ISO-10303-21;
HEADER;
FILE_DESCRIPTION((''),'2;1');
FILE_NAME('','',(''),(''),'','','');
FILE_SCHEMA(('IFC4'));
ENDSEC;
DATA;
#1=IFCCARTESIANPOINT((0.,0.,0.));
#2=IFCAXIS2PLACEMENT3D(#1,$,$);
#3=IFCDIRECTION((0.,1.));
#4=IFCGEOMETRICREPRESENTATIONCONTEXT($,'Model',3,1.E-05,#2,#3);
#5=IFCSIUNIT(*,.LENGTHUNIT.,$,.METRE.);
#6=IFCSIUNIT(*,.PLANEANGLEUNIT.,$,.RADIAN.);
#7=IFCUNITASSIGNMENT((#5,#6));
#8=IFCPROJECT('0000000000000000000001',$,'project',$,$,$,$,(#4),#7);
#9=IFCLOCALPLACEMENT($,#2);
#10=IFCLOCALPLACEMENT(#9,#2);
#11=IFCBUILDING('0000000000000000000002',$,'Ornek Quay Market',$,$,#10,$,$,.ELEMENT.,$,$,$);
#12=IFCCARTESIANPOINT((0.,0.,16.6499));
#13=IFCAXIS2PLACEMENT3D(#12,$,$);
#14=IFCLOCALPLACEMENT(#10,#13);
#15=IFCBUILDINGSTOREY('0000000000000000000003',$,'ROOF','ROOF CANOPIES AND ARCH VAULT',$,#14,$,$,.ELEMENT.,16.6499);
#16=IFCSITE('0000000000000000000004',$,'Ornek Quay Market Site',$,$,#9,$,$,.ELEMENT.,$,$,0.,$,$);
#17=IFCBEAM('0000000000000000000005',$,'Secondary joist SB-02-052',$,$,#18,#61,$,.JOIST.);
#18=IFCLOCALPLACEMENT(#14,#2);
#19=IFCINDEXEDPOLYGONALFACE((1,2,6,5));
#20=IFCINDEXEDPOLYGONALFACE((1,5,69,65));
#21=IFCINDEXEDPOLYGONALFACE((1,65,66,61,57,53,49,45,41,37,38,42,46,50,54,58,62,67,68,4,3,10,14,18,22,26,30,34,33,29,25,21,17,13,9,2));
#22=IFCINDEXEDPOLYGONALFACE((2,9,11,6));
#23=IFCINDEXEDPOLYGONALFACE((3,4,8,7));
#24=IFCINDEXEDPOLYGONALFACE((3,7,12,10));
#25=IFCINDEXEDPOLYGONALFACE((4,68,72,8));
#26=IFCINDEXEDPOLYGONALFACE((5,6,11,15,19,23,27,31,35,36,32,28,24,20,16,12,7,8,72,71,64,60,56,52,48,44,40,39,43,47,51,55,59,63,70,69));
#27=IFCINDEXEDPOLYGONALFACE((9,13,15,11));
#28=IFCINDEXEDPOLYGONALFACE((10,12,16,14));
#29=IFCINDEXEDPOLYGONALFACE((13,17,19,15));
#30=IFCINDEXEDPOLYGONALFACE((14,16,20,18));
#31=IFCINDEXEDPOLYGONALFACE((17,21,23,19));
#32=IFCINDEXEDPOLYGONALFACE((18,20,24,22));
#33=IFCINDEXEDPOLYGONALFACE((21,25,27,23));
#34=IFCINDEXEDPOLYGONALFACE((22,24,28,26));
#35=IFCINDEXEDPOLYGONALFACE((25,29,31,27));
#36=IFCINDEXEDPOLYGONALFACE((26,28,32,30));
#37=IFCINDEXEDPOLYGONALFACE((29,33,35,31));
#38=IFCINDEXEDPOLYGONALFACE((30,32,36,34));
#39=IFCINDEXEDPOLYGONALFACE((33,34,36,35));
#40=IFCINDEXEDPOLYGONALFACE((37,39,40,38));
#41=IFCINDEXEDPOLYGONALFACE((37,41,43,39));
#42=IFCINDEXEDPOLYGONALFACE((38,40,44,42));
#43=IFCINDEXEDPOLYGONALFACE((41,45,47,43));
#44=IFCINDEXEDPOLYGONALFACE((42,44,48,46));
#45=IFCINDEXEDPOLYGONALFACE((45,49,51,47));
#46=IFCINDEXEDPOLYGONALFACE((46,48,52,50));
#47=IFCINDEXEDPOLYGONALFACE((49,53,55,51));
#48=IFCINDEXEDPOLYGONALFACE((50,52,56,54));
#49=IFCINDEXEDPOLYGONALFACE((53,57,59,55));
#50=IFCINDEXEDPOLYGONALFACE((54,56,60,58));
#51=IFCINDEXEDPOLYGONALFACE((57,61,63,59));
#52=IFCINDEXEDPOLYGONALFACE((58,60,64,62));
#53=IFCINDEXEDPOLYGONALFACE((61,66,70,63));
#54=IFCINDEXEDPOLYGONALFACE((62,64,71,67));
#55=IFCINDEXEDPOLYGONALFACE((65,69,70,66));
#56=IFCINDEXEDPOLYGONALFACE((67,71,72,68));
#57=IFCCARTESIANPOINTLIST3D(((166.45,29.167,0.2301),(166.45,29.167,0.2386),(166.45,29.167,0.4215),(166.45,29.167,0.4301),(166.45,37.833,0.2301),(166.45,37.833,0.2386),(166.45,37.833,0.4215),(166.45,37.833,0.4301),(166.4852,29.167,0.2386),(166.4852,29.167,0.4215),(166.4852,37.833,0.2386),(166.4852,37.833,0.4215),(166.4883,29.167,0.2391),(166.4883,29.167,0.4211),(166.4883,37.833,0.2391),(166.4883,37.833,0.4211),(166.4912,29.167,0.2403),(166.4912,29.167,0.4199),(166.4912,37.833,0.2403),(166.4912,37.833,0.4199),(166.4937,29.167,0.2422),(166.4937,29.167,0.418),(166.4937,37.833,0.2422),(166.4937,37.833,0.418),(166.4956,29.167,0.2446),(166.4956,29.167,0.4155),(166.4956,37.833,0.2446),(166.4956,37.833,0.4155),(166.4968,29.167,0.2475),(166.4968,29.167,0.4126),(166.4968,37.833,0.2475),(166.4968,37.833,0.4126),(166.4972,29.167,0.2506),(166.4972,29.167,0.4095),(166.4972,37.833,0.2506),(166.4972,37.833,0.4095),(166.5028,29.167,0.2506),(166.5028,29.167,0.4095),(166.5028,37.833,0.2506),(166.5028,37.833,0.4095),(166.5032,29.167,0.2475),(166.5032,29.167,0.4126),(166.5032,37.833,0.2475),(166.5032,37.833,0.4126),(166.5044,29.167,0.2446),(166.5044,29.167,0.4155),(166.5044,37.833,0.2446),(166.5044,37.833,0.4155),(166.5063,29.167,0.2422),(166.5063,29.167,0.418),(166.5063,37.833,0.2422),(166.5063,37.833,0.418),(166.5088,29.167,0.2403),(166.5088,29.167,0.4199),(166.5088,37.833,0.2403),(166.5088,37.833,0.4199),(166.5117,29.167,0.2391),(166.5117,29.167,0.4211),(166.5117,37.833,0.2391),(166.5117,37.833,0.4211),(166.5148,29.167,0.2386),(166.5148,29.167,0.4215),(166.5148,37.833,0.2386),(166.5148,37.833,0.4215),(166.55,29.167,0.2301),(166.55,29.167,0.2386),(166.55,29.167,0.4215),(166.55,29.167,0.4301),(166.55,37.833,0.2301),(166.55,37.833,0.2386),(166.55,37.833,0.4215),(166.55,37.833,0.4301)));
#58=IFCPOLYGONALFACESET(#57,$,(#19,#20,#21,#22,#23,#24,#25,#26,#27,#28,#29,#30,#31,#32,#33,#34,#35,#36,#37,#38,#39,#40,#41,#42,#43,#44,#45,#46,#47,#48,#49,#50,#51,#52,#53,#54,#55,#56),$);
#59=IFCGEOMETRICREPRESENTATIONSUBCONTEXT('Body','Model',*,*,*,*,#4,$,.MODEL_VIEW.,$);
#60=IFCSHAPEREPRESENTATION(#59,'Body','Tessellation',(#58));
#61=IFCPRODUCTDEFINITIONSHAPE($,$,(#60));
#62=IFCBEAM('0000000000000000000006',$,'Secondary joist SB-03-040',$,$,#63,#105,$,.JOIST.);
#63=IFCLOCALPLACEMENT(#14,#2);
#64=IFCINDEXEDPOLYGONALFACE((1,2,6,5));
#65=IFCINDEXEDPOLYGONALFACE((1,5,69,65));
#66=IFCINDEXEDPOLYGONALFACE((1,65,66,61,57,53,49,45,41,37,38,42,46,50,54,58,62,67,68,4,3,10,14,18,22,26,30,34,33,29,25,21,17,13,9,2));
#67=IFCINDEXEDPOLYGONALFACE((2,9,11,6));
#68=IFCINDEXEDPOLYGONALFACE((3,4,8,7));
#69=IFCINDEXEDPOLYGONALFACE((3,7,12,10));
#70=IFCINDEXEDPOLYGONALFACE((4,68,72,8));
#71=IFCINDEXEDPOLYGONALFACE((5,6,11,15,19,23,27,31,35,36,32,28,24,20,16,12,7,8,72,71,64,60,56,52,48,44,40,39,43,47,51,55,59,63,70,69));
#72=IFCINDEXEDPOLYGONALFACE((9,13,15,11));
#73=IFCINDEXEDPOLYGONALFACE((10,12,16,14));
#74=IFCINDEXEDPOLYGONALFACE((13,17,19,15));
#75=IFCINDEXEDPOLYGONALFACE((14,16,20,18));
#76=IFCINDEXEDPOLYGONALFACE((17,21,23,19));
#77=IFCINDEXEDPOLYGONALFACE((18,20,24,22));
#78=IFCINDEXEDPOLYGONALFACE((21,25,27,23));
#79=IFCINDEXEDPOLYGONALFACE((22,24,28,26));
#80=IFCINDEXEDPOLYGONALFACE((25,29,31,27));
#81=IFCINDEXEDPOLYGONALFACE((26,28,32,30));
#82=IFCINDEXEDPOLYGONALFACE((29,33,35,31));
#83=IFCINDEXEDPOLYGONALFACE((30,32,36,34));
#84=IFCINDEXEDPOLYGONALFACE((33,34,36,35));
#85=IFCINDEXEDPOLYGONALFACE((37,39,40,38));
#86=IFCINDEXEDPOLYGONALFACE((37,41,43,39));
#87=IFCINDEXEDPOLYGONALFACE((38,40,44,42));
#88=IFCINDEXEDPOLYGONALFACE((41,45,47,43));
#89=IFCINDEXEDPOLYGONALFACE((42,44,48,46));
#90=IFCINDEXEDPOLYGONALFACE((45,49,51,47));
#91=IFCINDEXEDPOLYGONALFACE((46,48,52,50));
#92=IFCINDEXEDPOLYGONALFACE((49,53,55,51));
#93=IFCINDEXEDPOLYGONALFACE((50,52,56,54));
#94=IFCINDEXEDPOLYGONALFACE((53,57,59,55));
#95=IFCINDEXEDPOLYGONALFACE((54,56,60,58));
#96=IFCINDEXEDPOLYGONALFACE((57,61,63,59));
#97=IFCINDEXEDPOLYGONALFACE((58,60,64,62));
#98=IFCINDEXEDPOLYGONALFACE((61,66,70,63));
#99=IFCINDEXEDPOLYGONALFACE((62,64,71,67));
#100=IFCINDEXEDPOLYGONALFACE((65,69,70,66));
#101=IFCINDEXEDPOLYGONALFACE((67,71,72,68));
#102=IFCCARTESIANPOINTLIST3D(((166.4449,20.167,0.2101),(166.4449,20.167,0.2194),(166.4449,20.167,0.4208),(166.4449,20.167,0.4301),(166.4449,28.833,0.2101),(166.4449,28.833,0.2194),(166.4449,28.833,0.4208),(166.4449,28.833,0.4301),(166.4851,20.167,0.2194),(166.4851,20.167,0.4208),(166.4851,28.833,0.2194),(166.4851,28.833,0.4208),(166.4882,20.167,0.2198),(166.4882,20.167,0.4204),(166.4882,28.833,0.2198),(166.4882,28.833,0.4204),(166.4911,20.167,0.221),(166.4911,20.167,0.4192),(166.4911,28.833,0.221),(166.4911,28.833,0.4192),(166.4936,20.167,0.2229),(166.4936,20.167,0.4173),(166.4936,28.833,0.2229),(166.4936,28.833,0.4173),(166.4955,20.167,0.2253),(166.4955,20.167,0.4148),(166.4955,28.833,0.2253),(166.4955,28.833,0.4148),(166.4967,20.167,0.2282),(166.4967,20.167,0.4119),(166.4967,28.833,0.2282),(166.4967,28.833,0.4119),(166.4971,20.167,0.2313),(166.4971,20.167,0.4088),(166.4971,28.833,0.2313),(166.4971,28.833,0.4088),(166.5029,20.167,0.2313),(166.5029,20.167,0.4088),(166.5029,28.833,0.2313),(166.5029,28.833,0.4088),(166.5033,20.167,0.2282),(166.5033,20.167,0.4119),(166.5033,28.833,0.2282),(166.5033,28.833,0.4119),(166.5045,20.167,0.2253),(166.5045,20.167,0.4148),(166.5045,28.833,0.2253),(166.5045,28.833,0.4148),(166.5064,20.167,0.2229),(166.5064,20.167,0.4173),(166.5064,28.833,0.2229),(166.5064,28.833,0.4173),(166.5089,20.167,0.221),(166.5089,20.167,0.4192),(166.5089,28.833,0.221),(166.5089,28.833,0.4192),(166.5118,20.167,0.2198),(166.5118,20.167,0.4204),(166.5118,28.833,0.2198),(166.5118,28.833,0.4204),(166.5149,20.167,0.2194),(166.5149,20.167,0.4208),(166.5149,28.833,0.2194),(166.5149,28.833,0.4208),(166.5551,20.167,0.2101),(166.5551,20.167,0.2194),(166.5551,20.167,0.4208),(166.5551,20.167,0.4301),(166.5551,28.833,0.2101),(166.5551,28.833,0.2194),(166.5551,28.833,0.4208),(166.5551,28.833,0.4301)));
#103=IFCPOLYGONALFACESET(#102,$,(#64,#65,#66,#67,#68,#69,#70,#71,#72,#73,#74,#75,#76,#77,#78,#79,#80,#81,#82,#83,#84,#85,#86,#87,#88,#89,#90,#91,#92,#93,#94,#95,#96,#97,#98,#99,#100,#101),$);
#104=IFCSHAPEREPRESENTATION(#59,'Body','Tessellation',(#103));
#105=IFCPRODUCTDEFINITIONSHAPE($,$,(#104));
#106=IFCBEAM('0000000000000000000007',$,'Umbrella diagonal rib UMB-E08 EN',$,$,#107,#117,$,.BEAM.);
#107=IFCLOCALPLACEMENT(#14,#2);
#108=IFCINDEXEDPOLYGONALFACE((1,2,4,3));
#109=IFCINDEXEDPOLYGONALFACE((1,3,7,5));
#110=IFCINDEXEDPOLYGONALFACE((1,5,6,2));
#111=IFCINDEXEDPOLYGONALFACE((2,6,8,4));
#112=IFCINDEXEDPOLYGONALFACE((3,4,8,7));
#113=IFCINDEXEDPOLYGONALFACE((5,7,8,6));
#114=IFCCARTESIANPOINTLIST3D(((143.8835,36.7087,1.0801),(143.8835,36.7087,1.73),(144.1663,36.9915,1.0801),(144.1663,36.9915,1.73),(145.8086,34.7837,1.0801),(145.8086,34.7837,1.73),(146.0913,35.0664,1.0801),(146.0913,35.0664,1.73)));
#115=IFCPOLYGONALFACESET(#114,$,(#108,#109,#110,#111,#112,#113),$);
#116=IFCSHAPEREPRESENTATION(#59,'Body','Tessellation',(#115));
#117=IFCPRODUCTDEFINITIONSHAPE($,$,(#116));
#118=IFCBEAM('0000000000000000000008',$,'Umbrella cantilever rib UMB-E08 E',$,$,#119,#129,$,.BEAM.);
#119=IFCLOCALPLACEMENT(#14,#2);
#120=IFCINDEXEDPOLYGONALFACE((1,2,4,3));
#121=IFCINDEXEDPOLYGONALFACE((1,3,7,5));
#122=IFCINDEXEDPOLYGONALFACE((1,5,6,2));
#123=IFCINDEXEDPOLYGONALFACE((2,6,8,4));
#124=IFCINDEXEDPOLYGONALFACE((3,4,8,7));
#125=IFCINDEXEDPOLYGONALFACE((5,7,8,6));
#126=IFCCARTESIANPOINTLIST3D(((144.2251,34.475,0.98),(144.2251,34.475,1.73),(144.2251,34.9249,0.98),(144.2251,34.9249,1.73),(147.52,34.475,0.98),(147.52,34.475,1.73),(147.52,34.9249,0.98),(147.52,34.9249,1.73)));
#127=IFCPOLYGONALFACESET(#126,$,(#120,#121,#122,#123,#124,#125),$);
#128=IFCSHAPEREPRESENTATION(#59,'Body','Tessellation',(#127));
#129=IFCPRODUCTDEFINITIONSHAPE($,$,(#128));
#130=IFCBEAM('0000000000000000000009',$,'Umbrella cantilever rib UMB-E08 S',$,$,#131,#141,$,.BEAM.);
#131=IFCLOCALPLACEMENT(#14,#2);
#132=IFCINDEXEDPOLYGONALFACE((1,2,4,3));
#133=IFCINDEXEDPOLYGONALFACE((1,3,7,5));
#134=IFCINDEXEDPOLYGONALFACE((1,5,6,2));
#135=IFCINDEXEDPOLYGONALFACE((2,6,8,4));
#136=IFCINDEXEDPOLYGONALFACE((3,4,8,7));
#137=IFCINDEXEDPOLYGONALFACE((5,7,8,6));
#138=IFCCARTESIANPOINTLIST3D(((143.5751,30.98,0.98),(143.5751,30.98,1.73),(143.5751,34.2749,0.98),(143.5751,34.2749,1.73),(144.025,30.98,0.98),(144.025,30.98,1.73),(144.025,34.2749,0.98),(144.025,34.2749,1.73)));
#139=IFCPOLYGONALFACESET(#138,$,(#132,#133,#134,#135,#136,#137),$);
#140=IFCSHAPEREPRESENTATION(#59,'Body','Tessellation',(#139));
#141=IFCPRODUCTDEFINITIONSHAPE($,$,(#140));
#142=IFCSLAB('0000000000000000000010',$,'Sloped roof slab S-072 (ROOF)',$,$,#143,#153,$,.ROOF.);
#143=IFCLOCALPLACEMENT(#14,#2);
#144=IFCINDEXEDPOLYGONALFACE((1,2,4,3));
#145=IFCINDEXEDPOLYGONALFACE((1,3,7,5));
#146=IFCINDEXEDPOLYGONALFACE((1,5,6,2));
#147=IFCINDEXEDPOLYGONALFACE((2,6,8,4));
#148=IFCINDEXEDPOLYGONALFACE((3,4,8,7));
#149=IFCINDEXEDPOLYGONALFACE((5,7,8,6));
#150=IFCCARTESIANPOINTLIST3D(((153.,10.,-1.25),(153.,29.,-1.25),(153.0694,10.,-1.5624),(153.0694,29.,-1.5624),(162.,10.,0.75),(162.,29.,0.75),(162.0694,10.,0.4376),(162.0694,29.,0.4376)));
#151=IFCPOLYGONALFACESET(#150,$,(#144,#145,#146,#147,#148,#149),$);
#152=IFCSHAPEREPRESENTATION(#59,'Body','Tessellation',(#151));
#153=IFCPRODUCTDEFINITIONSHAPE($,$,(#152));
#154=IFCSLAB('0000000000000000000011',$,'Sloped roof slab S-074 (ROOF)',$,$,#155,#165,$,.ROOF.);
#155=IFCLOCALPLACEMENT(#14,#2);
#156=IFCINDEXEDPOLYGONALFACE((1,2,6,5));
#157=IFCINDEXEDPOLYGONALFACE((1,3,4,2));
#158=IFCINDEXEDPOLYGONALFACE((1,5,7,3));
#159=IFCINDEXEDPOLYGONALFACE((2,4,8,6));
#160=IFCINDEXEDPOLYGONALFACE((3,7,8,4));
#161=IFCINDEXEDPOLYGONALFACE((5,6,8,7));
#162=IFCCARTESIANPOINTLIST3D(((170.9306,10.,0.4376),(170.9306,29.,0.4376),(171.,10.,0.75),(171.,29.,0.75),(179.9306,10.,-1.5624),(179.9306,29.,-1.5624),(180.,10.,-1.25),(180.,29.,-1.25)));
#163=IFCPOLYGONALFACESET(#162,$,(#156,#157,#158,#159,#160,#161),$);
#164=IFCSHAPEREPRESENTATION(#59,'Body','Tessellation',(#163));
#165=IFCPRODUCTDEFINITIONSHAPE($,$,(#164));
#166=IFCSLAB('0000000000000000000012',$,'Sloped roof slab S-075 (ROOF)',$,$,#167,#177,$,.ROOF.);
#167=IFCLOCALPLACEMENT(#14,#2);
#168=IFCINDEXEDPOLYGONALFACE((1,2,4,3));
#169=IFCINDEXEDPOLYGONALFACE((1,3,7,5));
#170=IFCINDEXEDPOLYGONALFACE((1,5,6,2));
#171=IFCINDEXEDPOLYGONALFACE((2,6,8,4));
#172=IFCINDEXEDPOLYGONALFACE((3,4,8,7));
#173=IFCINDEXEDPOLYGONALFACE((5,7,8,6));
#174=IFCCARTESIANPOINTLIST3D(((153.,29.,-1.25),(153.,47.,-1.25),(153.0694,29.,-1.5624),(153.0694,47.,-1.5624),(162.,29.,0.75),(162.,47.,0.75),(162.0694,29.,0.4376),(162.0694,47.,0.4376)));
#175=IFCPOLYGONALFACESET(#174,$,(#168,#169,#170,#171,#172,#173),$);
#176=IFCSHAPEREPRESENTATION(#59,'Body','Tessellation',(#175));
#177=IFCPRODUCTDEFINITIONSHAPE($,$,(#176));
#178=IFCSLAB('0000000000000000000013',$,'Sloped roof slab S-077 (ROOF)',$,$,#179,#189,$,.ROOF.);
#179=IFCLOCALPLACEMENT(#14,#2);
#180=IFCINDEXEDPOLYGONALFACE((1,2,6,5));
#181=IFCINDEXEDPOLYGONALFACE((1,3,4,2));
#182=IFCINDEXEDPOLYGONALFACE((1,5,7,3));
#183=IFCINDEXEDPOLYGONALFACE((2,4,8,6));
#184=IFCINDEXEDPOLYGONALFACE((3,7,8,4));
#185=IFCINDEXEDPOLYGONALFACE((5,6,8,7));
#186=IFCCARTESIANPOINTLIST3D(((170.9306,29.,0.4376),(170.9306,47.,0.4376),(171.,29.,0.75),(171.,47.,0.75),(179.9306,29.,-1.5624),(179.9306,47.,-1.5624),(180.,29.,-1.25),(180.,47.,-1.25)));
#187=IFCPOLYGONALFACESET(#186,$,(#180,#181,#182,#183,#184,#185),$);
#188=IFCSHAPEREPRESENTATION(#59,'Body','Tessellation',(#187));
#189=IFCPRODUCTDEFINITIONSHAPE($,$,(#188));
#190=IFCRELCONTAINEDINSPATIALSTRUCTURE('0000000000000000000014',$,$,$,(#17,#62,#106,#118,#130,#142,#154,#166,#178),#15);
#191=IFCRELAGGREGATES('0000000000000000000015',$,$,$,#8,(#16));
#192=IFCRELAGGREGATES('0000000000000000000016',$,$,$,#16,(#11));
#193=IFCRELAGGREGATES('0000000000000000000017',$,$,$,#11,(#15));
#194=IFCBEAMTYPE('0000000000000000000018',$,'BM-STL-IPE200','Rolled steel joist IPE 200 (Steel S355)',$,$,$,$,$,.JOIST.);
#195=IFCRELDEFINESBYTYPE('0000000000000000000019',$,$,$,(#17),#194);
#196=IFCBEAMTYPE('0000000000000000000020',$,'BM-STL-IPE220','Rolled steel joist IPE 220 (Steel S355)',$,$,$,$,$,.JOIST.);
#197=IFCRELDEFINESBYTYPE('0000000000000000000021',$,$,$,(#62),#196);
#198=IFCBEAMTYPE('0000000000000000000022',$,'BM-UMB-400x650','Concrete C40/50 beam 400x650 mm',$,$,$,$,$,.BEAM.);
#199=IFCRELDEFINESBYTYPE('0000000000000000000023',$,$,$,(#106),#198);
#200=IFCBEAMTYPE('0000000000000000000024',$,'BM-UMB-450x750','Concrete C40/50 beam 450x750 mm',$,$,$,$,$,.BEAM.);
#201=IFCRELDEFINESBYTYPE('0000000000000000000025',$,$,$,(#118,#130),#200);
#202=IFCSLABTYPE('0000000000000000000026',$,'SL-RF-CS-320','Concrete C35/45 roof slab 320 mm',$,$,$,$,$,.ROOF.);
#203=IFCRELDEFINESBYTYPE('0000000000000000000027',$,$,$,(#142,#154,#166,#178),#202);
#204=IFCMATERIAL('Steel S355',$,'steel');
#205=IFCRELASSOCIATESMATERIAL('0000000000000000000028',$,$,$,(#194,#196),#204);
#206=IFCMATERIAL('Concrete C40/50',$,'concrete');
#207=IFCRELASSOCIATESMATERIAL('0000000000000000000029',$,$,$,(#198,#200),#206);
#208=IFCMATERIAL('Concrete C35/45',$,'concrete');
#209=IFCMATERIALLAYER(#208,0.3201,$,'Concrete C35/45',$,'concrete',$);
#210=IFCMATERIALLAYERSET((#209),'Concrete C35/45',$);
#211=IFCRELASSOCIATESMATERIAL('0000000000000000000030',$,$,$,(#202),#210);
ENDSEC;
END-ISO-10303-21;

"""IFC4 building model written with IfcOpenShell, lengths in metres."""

from ifc_helpers import new_model, si_unit, direction, frame, origin, origin_2d, place, context, subcontext, project, spatial, polyline, rectangle, i_section, outline, extrude, material, layer, layer_set, material_profile, profile_set, type_object, element, save


model = new_model("IFC4")

# Units and contexts
model_context = context("Model", 3, precision=1e-05, world=origin(), true_north=direction((0.0, 1.0)))
body_context = subcontext(model_context, "Body", "Model", "MODEL_VIEW")
ifc_project = project(units=[si_unit("LENGTHUNIT", "METRE"), si_unit("PLANEANGLEUNIT", "RADIAN")], contexts=[model_context])

# Site, building, storey
site_placement = place(None, origin())
site = spatial("IfcSite", under=ifc_project, at=site_placement, Name="Ornek Quay Market Site", CompositionType="ELEMENT", RefElevation=0.0)
building_placement = place(site_placement, origin())
building = spatial("IfcBuilding", under=site, at=building_placement, Name="Ornek Quay Market", CompositionType="ELEMENT")
storey_placement = place(building_placement, frame((0.0, 0.0, 16.6499)))
storey = spatial("IfcBuildingStorey", under=building, at=storey_placement, Name="ROOF", Description="ROOF CANOPIES AND ARCH VAULT", CompositionType="ELEMENT", Elevation=16.6499)

# Beams
ifc_material_1 = material(Name="Concrete C35/45", Category="concrete")
ifc_material_2 = material(Name="Steel S355", Category="steel")
ifc_material_profile_1 = material_profile(ifc_material_2, i_section(OverallWidth=0.1001, OverallDepth=0.2, WebThickness=0.0056, FlangeThickness=0.0085, FilletRadius=0.012, at=origin_2d()), Name="IPE 200", Category="steel")
ifc_profile_set_1 = profile_set([ifc_material_profile_1], Name="Steel S355")
beam_type_1 = type_object("IfcBeamType", Name="BM-STL-IPE200", Description="Rolled steel joist IPE 200 (Steel S355)", PredefinedType="JOIST", material=ifc_profile_set_1)
beam_1_placement = place(storey_placement, frame((166.5, 29.167, 0.3301), z_axis=(0.0, 1.0, 0.0), x_axis=(-1.0, 0.0, 0.0)))
element("IfcBeam", 1, at=beam_1_placement, inside=storey, type_object=beam_type_1, Name="Secondary joist SB-02-052", PredefinedType="JOIST", context=body_context, shape_type="SweptSolid", body=[
    extrude(i_section(OverallWidth=0.1001, OverallDepth=0.2, WebThickness=0.0056, FlangeThickness=0.0085, FilletRadius=0.012, at=origin_2d()), origin(), (0.0, 0.0, 1.0), 8.666),
])
ifc_material_profile_2 = material_profile(ifc_material_2, i_section(OverallWidth=0.1101, OverallDepth=0.22, WebThickness=0.0059, FlangeThickness=0.0093, FilletRadius=0.012, at=origin_2d()), Name="IPE 220", Category="steel")
ifc_profile_set_2 = profile_set([ifc_material_profile_2], Name="Steel S355")
beam_type_2 = type_object("IfcBeamType", Name="BM-STL-IPE220", Description="Rolled steel joist IPE 220 (Steel S355)", PredefinedType="JOIST", material=ifc_profile_set_2)
beam_2_placement = place(storey_placement, frame((166.5, 20.167, 0.3201), z_axis=(0.0, 1.0, 0.0), x_axis=(-1.0, 0.0, 0.0)))
element("IfcBeam", 2, at=beam_2_placement, inside=storey, type_object=beam_type_2, Name="Secondary joist SB-03-040", PredefinedType="JOIST", context=body_context, shape_type="SweptSolid", body=[
    extrude(i_section(OverallWidth=0.1101, OverallDepth=0.22, WebThickness=0.0059, FlangeThickness=0.0093, FilletRadius=0.012, at=origin_2d()), origin(), (0.0, 0.0, 1.0), 8.666),
])
ifc_material_3 = material(Name="Concrete C40/50", Category="concrete")
ifc_material_profile_3 = material_profile(ifc_material_3, rectangle(XDim=0.3999, YDim=0.6499, at=origin_2d()), Name="RC 400x650", Category="concrete")
ifc_profile_set_3 = profile_set([ifc_material_profile_3], Name="Concrete C40/50")
beam_type_3 = type_object("IfcBeamType", Name="BM-UMB-400x650", Description="Concrete C40/50 beam 400x650 mm", PredefinedType="BEAM", material=ifc_profile_set_3)
beam_3_placement = place(storey_placement, frame((145.95, 34.925, 1.405), z_axis=(-0.707107, 0.707107, 0.0), x_axis=(-0.707107, -0.707107, 0.0)))
element("IfcBeam", 3, at=beam_3_placement, inside=storey, type_object=beam_type_3, Name="Umbrella diagonal rib UMB-E08 EN", PredefinedType="BEAM", context=body_context, shape_type="SweptSolid", body=[
    extrude(rectangle(XDim=0.3999, YDim=0.6499, at=origin_2d()), origin(), (0.0, 0.0, 1.0), 2.7224),
])
ifc_material_profile_4 = material_profile(ifc_material_3, rectangle(XDim=0.45, YDim=0.75, at=origin_2d()), Name="RC 450x750", Category="concrete")
ifc_profile_set_4 = profile_set([ifc_material_profile_4], Name="Concrete C40/50")
beam_type_4 = type_object("IfcBeamType", Name="BM-UMB-450x750", Description="Concrete C40/50 beam 450x750 mm", PredefinedType="BEAM", material=ifc_profile_set_4)
for number, where, z_axis, x_axis, name in (
    (4, (144.2251, 34.7, 1.355), (1.0, 0.0, 0.0), (0.0, 1.0, 0.0), "Umbrella cantilever rib UMB-E08 E"),
    (5, (143.8, 34.2749, 1.355), (0.0, -1.0, 0.0), (1.0, 0.0, 0.0), "Umbrella cantilever rib UMB-E08 S"),
):
    element("IfcBeam", number, at=place(storey_placement, frame(where, z_axis=z_axis, x_axis=x_axis)), inside=storey, type_object=beam_type_4, Name=name, PredefinedType="BEAM", context=body_context, shape_type="SweptSolid", body=[
        extrude(rectangle(XDim=0.45, YDim=0.75, at=origin_2d()), origin(), (0.0, 0.0, 1.0), 3.2949),
    ])

# Slabs
ifc_layer_1 = layer(ifc_material_1, 0.3201, Name="Concrete C35/45", Category="concrete")
ifc_layer_set_1 = layer_set([ifc_layer_1], Name="Concrete C35/45")
slab_type = type_object("IfcSlabType", Name="SL-RF-CS-320", Description="Concrete C35/45 roof slab 320 mm", PredefinedType="ROOF", material=ifc_layer_set_1)
for number, where, z_axis, x_axis, name in (
    (6, (153.0, 10.0, -1.25), (-0.21693, 0.0, 0.976187), (0.976187, 0.0, 0.21693), "Sloped roof slab S-072 (ROOF)"),
    (7, (171.0, 10.0, 0.75), (0.21693, 0.0, 0.976187), (0.976187, 0.0, -0.21693), "Sloped roof slab S-074 (ROOF)"),
):
    element("IfcSlab", number, at=place(storey_placement, frame(where, z_axis=z_axis, x_axis=x_axis)), inside=storey, type_object=slab_type, Name=name, PredefinedType="ROOF", context=body_context, shape_type="SweptSolid", body=[
        extrude(outline(polyline([(0.0, 0.0), (9.2195, 0.0), (9.2195, 19.0), (0.0, 19.0), (0.0, 0.0)])), origin(), (0.0, 0.0, -1.0), 0.3201),
    ])
for number, where, z_axis, x_axis, name in (
    (8, (153.0, 29.0, -1.25), (-0.21693, 0.0, 0.976187), (0.976187, 0.0, 0.21693), "Sloped roof slab S-075 (ROOF)"),
    (9, (171.0, 29.0, 0.75), (0.21693, 0.0, 0.976187), (0.976187, 0.0, -0.21693), "Sloped roof slab S-077 (ROOF)"),
):
    element("IfcSlab", number, at=place(storey_placement, frame(where, z_axis=z_axis, x_axis=x_axis)), inside=storey, type_object=slab_type, Name=name, PredefinedType="ROOF", context=body_context, shape_type="SweptSolid", body=[
        extrude(outline(polyline([(0.0, 0.0), (9.2195, 0.0), (9.2195, 18.0), (0.0, 18.0), (0.0, 0.0)])), origin(), (0.0, 0.0, -1.0), 0.3201),
    ])

save(model, "model.ifc")
